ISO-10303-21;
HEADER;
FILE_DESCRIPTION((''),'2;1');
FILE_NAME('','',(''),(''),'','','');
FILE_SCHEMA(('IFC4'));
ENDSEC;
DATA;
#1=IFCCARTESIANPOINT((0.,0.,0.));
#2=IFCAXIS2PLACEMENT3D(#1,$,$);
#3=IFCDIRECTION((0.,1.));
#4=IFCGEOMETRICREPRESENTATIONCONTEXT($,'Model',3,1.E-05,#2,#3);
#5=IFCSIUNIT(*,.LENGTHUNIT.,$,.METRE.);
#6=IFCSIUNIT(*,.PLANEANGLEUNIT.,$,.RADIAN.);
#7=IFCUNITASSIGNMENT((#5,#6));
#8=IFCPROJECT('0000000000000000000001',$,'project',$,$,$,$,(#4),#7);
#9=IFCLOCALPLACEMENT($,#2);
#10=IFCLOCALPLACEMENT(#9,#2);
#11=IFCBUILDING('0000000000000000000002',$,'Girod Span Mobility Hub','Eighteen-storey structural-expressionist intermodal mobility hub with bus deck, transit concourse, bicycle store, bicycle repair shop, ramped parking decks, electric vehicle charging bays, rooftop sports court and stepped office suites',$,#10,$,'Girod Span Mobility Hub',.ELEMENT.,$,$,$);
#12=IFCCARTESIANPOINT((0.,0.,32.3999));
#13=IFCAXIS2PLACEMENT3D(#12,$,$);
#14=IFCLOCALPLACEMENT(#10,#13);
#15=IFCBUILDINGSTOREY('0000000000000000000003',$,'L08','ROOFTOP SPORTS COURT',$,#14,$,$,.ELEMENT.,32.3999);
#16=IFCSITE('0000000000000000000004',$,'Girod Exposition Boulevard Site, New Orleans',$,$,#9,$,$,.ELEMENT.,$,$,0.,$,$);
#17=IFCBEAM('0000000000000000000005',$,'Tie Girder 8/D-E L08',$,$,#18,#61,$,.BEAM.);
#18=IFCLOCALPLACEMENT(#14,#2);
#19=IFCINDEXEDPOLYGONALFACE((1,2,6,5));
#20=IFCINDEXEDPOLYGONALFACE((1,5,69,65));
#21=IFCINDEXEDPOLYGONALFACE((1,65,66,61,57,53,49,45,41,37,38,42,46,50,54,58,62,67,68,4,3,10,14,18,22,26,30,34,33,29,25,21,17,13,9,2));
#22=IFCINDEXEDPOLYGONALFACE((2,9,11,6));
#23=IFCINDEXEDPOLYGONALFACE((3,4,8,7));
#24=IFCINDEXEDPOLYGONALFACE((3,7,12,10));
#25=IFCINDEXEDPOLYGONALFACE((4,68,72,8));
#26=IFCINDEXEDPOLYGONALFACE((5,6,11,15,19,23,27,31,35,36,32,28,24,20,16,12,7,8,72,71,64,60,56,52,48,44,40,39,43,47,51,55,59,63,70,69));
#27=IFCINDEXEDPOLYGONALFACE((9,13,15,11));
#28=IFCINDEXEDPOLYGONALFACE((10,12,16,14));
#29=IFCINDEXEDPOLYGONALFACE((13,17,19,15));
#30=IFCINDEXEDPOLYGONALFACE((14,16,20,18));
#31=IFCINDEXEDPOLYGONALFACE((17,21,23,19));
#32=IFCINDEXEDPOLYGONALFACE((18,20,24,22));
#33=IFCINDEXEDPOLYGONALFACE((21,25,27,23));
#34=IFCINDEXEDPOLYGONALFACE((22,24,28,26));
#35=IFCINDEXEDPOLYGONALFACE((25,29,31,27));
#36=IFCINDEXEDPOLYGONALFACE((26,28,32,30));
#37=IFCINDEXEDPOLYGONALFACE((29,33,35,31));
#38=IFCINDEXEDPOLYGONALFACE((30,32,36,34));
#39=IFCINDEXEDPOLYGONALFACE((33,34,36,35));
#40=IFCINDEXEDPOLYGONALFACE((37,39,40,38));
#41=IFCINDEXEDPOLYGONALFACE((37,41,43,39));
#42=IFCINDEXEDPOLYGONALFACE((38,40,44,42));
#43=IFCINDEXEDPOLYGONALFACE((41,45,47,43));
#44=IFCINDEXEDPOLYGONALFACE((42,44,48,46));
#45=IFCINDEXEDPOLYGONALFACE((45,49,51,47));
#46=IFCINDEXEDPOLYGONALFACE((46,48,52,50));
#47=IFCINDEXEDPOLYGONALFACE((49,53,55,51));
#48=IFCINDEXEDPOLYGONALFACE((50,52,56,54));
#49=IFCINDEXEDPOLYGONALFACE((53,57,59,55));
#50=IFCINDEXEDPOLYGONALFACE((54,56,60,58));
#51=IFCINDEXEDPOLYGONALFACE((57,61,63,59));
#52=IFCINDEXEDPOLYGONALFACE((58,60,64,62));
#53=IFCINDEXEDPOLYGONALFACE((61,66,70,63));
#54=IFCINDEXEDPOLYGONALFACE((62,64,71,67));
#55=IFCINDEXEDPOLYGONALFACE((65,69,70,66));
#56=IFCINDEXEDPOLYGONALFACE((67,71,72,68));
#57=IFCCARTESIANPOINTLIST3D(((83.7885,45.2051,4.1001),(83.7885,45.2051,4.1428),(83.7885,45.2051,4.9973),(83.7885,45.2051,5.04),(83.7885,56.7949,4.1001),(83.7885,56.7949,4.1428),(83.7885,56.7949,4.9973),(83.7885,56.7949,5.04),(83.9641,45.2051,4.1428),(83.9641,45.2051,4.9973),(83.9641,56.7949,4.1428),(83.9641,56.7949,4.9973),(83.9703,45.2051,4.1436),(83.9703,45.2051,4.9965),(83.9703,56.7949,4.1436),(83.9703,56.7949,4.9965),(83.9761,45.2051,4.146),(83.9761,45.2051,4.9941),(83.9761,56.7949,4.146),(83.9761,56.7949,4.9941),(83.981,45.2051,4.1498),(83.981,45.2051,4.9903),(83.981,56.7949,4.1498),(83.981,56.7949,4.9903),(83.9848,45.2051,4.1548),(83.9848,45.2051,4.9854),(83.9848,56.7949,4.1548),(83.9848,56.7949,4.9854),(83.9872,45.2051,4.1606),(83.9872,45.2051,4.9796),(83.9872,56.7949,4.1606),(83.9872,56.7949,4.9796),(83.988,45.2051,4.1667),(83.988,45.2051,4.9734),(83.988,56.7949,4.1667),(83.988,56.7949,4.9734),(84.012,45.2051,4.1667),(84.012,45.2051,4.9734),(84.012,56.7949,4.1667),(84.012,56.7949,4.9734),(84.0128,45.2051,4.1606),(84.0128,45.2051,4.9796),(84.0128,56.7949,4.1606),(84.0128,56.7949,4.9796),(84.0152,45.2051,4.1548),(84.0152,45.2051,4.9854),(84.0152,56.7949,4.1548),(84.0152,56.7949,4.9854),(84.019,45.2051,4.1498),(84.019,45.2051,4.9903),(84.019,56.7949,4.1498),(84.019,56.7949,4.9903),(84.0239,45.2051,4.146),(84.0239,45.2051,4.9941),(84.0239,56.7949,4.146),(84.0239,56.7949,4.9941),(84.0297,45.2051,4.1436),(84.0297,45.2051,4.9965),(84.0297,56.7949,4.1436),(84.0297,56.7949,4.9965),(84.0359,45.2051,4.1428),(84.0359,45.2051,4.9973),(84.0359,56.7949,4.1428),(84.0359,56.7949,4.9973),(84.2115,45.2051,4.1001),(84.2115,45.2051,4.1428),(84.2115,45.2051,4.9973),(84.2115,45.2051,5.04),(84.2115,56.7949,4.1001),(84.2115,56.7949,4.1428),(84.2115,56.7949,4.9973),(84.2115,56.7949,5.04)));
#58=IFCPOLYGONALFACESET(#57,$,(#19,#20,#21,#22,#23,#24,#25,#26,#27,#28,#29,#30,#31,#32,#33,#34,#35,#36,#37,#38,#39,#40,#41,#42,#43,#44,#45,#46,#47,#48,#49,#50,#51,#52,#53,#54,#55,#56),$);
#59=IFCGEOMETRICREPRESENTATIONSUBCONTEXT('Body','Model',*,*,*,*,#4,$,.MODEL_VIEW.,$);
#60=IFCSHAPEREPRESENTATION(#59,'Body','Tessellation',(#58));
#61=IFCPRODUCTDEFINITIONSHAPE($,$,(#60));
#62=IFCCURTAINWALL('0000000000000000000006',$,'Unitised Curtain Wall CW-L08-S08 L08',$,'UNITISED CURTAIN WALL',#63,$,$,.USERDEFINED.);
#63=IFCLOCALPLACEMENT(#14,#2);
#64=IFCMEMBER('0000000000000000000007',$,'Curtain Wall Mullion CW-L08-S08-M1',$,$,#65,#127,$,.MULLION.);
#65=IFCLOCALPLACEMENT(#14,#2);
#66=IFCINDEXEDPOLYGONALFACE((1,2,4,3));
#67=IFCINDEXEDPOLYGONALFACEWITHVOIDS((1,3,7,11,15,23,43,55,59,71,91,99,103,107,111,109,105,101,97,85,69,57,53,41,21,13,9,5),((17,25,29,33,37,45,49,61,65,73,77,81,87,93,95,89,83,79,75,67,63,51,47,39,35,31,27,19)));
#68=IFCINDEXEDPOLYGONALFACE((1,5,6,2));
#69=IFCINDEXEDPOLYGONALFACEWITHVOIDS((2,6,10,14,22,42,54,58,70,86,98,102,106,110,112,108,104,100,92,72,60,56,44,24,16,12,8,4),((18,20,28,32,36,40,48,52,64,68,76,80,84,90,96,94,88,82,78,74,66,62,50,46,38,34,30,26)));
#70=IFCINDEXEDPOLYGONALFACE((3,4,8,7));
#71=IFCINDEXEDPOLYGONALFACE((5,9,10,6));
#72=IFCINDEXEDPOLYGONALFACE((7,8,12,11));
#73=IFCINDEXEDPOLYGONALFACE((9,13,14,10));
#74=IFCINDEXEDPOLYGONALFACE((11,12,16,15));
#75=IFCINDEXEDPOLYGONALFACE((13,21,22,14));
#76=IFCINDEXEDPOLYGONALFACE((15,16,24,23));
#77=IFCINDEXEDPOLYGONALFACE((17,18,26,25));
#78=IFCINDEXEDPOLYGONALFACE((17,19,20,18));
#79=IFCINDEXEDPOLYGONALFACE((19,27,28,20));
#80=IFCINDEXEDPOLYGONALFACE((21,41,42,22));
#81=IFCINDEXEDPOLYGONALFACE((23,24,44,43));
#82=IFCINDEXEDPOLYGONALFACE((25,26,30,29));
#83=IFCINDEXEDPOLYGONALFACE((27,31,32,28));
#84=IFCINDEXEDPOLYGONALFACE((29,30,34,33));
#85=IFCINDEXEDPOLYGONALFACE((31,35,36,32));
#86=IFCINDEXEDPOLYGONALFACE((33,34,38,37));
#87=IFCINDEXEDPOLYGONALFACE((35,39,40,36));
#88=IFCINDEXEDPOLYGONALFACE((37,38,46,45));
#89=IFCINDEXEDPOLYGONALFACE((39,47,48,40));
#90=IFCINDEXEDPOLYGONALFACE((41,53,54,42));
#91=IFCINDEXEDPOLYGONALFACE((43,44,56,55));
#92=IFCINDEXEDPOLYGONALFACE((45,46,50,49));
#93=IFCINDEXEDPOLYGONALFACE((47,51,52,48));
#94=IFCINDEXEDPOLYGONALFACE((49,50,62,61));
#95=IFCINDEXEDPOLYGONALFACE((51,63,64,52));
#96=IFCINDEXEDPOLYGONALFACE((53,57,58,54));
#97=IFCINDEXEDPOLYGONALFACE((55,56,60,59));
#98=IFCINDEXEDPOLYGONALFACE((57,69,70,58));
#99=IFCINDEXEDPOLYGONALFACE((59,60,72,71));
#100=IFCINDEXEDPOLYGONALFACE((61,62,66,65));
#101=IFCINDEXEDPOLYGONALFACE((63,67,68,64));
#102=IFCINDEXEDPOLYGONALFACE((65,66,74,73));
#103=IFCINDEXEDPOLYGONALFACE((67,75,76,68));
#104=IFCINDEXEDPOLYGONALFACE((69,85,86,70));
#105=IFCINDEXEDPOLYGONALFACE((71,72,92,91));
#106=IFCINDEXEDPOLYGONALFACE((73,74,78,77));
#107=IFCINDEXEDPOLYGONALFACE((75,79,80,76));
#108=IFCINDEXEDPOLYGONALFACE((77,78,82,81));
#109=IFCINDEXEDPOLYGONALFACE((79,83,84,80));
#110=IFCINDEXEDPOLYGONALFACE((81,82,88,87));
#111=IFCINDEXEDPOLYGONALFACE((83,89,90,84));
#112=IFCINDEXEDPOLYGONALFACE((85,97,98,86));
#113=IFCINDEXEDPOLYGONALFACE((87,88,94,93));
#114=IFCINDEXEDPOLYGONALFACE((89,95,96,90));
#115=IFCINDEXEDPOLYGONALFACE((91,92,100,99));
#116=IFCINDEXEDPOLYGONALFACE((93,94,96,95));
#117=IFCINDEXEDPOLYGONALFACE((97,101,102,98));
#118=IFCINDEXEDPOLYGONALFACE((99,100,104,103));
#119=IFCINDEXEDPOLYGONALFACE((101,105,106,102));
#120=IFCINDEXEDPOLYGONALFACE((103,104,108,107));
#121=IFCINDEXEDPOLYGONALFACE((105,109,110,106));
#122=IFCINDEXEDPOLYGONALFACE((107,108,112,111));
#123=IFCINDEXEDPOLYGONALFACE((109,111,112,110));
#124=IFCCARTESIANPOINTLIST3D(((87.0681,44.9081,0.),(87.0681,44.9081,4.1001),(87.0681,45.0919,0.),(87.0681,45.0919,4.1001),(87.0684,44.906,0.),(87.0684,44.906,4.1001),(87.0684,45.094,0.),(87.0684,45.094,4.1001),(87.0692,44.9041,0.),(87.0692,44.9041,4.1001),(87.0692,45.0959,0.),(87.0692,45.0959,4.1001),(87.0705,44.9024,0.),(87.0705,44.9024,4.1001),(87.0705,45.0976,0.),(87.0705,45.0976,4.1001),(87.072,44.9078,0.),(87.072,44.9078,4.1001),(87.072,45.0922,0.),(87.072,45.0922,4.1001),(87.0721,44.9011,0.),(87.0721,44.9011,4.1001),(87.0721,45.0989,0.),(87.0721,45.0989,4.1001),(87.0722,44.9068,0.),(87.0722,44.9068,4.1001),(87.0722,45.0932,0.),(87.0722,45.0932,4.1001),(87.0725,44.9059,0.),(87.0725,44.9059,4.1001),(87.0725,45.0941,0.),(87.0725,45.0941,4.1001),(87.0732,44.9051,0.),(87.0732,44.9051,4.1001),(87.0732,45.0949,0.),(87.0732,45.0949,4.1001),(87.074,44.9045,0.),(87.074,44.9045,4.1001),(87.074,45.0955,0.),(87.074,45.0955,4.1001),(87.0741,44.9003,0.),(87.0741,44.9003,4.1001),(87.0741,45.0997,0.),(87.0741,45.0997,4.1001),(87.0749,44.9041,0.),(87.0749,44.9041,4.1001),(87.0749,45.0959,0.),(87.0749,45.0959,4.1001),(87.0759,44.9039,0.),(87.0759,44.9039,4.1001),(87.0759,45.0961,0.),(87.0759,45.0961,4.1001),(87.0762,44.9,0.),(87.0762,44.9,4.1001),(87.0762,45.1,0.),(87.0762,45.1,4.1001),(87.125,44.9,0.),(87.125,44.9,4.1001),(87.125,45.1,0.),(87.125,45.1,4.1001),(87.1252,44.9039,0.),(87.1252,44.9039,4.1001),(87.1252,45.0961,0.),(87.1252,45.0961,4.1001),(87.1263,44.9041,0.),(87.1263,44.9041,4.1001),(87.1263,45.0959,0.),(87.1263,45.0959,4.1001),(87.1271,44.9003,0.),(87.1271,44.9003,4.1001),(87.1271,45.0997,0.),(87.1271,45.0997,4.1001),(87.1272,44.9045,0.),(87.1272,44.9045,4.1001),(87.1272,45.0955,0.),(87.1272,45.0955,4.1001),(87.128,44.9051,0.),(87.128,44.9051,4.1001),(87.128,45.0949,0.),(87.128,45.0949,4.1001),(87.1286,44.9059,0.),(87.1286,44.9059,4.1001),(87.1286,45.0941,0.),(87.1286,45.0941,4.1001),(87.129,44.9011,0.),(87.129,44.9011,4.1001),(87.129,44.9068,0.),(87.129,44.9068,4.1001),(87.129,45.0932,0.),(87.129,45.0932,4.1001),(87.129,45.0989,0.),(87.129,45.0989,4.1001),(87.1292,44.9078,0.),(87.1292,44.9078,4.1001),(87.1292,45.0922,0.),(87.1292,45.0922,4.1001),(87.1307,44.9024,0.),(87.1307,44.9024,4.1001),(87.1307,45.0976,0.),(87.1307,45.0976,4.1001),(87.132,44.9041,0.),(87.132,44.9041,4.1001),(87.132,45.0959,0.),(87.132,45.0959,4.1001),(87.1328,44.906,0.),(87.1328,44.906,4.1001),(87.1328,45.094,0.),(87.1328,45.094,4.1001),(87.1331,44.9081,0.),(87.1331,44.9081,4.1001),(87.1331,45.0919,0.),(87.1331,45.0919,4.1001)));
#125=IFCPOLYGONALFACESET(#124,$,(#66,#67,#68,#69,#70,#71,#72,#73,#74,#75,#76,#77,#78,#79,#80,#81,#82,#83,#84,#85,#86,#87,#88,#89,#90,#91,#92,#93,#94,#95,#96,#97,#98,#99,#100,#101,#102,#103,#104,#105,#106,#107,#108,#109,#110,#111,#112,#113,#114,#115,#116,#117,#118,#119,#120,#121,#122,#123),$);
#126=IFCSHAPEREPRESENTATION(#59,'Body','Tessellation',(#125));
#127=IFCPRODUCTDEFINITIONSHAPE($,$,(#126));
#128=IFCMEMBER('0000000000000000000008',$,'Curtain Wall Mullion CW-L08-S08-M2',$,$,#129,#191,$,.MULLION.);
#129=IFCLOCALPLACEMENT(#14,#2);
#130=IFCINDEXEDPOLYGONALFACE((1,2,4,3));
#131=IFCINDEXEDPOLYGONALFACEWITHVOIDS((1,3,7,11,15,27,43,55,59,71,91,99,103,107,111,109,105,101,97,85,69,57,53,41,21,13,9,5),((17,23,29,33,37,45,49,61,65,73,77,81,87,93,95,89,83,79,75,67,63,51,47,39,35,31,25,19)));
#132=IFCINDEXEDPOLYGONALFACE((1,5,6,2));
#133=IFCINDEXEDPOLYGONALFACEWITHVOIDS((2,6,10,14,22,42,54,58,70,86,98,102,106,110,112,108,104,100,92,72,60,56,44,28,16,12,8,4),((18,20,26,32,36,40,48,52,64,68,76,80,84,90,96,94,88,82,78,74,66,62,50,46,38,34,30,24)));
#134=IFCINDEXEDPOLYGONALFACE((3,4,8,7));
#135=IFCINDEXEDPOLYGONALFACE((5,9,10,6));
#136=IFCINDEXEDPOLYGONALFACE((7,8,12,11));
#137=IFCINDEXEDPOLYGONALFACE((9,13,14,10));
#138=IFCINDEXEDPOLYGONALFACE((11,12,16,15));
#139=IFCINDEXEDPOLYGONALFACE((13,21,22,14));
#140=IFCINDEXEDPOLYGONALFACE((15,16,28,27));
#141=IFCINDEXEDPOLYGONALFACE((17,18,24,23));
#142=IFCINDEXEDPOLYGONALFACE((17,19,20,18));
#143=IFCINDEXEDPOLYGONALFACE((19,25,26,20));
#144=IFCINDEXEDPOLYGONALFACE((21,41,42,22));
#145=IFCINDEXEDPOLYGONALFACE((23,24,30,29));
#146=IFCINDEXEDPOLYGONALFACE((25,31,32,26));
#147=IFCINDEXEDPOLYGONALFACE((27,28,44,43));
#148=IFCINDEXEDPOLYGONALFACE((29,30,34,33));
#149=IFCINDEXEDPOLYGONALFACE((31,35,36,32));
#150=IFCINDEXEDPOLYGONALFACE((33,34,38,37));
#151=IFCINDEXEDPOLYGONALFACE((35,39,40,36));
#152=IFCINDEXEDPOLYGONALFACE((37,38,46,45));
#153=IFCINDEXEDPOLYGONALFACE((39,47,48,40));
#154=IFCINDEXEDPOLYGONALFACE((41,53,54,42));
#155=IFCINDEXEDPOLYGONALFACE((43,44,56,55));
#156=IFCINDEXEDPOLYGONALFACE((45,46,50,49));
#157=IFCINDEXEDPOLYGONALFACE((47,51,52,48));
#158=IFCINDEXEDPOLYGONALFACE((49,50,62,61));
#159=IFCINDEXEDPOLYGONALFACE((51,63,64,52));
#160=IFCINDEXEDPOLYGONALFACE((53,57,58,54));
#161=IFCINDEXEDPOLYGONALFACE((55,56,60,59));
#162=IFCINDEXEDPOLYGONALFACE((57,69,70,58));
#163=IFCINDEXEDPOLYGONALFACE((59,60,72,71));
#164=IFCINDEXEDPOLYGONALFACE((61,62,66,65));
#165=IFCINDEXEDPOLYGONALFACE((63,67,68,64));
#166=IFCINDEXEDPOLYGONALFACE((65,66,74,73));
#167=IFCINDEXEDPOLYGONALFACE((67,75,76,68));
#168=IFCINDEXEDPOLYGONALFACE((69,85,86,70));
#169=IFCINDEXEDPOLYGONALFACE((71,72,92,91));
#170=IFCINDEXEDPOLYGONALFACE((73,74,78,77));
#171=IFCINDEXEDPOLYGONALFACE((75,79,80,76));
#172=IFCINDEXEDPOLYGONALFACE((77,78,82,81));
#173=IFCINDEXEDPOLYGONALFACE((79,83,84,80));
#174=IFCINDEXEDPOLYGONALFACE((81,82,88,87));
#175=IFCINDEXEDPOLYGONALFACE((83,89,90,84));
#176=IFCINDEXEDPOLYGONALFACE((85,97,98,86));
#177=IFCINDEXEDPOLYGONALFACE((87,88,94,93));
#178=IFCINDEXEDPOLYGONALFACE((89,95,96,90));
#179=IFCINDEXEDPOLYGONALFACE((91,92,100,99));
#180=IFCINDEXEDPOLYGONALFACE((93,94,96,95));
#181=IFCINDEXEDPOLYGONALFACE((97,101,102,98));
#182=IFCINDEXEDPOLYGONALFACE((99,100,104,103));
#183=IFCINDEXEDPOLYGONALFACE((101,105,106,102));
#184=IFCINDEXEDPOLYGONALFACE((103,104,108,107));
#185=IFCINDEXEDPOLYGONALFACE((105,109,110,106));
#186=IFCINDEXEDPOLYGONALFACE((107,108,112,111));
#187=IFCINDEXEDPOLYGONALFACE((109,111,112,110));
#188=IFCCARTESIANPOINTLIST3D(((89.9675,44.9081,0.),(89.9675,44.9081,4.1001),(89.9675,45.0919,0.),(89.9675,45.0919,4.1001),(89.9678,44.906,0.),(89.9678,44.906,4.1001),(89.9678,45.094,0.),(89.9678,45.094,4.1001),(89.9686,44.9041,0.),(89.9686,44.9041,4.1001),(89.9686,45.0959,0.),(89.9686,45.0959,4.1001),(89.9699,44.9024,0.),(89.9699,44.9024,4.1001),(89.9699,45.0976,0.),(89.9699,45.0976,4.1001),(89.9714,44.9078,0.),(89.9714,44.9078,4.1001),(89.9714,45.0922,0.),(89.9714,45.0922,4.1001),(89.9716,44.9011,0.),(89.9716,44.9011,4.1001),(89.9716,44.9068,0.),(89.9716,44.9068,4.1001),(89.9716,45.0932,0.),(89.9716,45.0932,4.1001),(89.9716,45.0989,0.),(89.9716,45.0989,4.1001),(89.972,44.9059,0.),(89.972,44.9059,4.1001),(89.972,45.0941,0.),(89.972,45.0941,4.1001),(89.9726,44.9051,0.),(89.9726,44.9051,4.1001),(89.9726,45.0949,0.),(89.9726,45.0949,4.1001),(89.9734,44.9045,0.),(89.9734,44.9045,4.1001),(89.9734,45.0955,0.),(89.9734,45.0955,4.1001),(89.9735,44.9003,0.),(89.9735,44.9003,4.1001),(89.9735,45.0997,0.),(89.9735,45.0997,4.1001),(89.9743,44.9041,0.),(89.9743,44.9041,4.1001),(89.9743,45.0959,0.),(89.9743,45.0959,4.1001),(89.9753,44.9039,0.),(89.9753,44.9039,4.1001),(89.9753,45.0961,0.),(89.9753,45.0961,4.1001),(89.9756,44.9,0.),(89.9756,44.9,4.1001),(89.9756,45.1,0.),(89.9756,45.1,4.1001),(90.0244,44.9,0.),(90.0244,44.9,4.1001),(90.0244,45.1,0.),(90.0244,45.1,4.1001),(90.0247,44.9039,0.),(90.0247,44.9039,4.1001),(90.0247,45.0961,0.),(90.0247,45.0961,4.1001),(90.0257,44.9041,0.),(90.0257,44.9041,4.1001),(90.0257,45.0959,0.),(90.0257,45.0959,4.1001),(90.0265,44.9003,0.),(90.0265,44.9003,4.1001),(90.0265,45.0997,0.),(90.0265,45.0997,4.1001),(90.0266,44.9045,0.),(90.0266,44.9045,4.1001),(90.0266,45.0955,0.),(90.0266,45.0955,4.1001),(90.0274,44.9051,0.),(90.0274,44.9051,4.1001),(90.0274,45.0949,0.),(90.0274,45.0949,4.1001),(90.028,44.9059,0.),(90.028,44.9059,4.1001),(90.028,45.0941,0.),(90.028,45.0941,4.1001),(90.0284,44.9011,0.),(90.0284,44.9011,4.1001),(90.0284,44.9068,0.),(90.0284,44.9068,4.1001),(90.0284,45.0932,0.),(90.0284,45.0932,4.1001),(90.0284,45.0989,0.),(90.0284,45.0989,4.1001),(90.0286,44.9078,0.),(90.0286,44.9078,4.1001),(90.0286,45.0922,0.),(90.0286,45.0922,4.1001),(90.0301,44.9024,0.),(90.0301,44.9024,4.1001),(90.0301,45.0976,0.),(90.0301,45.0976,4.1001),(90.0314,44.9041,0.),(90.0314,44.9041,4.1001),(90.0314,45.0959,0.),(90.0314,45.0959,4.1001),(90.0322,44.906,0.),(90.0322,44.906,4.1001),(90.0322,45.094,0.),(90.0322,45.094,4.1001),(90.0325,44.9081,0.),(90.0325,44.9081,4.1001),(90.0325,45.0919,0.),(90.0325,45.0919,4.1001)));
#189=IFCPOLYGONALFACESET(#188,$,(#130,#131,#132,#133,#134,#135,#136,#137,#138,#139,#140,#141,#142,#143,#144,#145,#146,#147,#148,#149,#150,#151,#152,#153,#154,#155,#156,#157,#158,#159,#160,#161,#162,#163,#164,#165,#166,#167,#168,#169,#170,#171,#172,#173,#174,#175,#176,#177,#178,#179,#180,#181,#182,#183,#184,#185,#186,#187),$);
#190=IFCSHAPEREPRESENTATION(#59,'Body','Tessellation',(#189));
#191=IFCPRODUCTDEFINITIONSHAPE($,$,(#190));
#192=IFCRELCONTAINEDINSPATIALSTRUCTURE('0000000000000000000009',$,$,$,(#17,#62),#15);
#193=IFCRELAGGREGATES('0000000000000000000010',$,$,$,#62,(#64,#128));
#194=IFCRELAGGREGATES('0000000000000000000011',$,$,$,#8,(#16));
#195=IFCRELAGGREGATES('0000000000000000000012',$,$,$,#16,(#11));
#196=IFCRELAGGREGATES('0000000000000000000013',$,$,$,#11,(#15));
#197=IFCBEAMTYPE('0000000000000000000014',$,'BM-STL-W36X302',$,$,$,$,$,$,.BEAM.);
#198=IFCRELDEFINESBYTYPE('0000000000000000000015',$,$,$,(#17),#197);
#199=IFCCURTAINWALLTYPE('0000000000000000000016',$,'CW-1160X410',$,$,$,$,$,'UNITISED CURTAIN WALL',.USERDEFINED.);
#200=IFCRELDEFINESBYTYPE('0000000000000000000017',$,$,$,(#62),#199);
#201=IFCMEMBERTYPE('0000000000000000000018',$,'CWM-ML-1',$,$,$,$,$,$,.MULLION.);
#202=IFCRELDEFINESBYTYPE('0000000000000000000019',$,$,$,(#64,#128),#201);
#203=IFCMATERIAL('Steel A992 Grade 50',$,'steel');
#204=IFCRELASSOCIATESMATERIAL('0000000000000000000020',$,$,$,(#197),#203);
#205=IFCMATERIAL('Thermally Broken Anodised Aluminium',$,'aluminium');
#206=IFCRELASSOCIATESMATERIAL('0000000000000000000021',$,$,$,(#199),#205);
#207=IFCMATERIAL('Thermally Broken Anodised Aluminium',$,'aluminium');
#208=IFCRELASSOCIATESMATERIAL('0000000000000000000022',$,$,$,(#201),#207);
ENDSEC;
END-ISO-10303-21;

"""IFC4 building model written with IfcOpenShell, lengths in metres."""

from ifc_helpers import new_model, si_unit, direction, frame, origin, origin_2d, place, context, subcontext, project, spatial, hollow_rectangle, i_section, extrude, material, material_profile, profile_set, type_object, element, aggregate, save


model = new_model("IFC4")

# Units and contexts
model_context = context("Model", 3, precision=1e-05, world=origin(), true_north=direction((0.0, 1.0)))
body_context = subcontext(model_context, "Body", "Model", "MODEL_VIEW")
ifc_project = project(units=[si_unit("LENGTHUNIT", "METRE"), si_unit("PLANEANGLEUNIT", "RADIAN")], contexts=[model_context])

# Site, building, storey
site_placement = place(None, origin())
site = spatial("IfcSite", under=ifc_project, at=site_placement, Name="Girod Exposition Boulevard Site, New Orleans", CompositionType="ELEMENT", RefElevation=0.0)
building_placement = place(site_placement, origin())
building = spatial("IfcBuilding", under=site, at=building_placement, Name="Girod Span Mobility Hub", Description="Eighteen-storey structural-expressionist intermodal mobility hub with bus deck, transit concourse, bicycle store, bicycle repair shop, ramped parking decks, electric vehicle charging bays, rooftop sports court and stepped office suites", LongName="Girod Span Mobility Hub", CompositionType="ELEMENT")
storey_placement = place(building_placement, frame((0.0, 0.0, 32.3999)))
storey = spatial("IfcBuildingStorey", under=building, at=storey_placement, Name="L08", Description="ROOFTOP SPORTS COURT", CompositionType="ELEMENT", Elevation=32.3999)

# Beam
ifc_material_1 = material(Name="Steel A992 Grade 50", Category="steel")
ifc_material_profile_1 = material_profile(ifc_material_1, i_section(OverallWidth=0.4231, OverallDepth=0.9399, WebThickness=0.0239, FlangeThickness=0.0427, FilletRadius=0.0239, at=origin_2d()), Name="W36X302")
ifc_profile_set_1 = profile_set([ifc_material_profile_1], Name="Steel A992 Grade 50")
beam_type_1 = type_object("IfcBeamType", Name="BM-STL-W36X302", PredefinedType="BEAM", material=ifc_profile_set_1)
beam_1_placement = place(storey_placement, frame((84.0, 45.2051, 4.5701), z_axis=(0.0, 1.0, 0.0), x_axis=(-1.0, 0.0, 0.0)))
element("IfcBeam", 1, at=beam_1_placement, inside=storey, type_object=beam_type_1, Name="Tie Girder 8/D-E L08", PredefinedType="BEAM", context=body_context, shape_type="SweptSolid", body=[
    extrude(i_section(OverallWidth=0.4231, OverallDepth=0.9399, WebThickness=0.0239, FlangeThickness=0.0427, FilletRadius=0.0239, at=origin_2d()), origin(), (0.0, 0.0, 1.0), 11.5898),
])

# Curtain wall, members
ifc_material_2 = material(Name="Thermally Broken Anodised Aluminium", Category="aluminium")
curtain_wall_type = type_object("IfcCurtainWallType", Name="CW-1160X410", ElementType="UNITISED CURTAIN WALL", PredefinedType="USERDEFINED", material=ifc_material_2)
curtain_wall_placement = place(storey_placement, origin())
curtain_wall = element("IfcCurtainWall", 2, at=curtain_wall_placement, inside=storey, type_object=curtain_wall_type, Name="Unitised Curtain Wall CW-L08-S08 L08", ObjectType="UNITISED CURTAIN WALL", PredefinedType="USERDEFINED")
ifc_material_3 = material(Name="Thermally Broken Anodised Aluminium", Category="aluminium")
ifc_material_profile_2 = material_profile(ifc_material_3, hollow_rectangle(XDim=0.2, YDim=0.0649, WallThickness=0.0039, InnerFilletRadius=0.0039, OuterFilletRadius=0.0081, at=origin_2d()), Name="CW-ML-65X200")
ifc_profile_set_2 = profile_set([ifc_material_profile_2], Name="Thermally Broken Anodised Aluminium")
member_type = type_object("IfcMemberType", Name="CWM-ML-1", PredefinedType="MULLION", material=ifc_profile_set_2)
member_1_placement = place(storey_placement, frame((87.1006, 45.0, 0.0), z_axis=(0.0, 0.0, 1.0), x_axis=(0.0, 1.0, 0.0)))
member_1 = element("IfcMember", 3, at=member_1_placement, type_object=member_type, Name="Curtain Wall Mullion CW-L08-S08-M1", PredefinedType="MULLION", context=body_context, shape_type="SweptSolid", body=[
    extrude(hollow_rectangle(XDim=0.2, YDim=0.0649, WallThickness=0.0039, InnerFilletRadius=0.0039, OuterFilletRadius=0.0081, at=origin_2d()), origin(), (0.0, 0.0, 1.0), 4.1001),
])
member_2_placement = place(storey_placement, frame((90.0, 45.0, 0.0), z_axis=(0.0, 0.0, 1.0), x_axis=(0.0, 1.0, 0.0)))
member_2 = element("IfcMember", 4, at=member_2_placement, type_object=member_type, Name="Curtain Wall Mullion CW-L08-S08-M2", PredefinedType="MULLION", context=body_context, shape_type="SweptSolid", body=[
    extrude(hollow_rectangle(XDim=0.2, YDim=0.0649, WallThickness=0.0039, InnerFilletRadius=0.0039, OuterFilletRadius=0.0081, at=origin_2d()), origin(), (0.0, 0.0, 1.0), 4.1001),
])
aggregate(curtain_wall, [member_1, member_2])

save(model, "model.ifc")
